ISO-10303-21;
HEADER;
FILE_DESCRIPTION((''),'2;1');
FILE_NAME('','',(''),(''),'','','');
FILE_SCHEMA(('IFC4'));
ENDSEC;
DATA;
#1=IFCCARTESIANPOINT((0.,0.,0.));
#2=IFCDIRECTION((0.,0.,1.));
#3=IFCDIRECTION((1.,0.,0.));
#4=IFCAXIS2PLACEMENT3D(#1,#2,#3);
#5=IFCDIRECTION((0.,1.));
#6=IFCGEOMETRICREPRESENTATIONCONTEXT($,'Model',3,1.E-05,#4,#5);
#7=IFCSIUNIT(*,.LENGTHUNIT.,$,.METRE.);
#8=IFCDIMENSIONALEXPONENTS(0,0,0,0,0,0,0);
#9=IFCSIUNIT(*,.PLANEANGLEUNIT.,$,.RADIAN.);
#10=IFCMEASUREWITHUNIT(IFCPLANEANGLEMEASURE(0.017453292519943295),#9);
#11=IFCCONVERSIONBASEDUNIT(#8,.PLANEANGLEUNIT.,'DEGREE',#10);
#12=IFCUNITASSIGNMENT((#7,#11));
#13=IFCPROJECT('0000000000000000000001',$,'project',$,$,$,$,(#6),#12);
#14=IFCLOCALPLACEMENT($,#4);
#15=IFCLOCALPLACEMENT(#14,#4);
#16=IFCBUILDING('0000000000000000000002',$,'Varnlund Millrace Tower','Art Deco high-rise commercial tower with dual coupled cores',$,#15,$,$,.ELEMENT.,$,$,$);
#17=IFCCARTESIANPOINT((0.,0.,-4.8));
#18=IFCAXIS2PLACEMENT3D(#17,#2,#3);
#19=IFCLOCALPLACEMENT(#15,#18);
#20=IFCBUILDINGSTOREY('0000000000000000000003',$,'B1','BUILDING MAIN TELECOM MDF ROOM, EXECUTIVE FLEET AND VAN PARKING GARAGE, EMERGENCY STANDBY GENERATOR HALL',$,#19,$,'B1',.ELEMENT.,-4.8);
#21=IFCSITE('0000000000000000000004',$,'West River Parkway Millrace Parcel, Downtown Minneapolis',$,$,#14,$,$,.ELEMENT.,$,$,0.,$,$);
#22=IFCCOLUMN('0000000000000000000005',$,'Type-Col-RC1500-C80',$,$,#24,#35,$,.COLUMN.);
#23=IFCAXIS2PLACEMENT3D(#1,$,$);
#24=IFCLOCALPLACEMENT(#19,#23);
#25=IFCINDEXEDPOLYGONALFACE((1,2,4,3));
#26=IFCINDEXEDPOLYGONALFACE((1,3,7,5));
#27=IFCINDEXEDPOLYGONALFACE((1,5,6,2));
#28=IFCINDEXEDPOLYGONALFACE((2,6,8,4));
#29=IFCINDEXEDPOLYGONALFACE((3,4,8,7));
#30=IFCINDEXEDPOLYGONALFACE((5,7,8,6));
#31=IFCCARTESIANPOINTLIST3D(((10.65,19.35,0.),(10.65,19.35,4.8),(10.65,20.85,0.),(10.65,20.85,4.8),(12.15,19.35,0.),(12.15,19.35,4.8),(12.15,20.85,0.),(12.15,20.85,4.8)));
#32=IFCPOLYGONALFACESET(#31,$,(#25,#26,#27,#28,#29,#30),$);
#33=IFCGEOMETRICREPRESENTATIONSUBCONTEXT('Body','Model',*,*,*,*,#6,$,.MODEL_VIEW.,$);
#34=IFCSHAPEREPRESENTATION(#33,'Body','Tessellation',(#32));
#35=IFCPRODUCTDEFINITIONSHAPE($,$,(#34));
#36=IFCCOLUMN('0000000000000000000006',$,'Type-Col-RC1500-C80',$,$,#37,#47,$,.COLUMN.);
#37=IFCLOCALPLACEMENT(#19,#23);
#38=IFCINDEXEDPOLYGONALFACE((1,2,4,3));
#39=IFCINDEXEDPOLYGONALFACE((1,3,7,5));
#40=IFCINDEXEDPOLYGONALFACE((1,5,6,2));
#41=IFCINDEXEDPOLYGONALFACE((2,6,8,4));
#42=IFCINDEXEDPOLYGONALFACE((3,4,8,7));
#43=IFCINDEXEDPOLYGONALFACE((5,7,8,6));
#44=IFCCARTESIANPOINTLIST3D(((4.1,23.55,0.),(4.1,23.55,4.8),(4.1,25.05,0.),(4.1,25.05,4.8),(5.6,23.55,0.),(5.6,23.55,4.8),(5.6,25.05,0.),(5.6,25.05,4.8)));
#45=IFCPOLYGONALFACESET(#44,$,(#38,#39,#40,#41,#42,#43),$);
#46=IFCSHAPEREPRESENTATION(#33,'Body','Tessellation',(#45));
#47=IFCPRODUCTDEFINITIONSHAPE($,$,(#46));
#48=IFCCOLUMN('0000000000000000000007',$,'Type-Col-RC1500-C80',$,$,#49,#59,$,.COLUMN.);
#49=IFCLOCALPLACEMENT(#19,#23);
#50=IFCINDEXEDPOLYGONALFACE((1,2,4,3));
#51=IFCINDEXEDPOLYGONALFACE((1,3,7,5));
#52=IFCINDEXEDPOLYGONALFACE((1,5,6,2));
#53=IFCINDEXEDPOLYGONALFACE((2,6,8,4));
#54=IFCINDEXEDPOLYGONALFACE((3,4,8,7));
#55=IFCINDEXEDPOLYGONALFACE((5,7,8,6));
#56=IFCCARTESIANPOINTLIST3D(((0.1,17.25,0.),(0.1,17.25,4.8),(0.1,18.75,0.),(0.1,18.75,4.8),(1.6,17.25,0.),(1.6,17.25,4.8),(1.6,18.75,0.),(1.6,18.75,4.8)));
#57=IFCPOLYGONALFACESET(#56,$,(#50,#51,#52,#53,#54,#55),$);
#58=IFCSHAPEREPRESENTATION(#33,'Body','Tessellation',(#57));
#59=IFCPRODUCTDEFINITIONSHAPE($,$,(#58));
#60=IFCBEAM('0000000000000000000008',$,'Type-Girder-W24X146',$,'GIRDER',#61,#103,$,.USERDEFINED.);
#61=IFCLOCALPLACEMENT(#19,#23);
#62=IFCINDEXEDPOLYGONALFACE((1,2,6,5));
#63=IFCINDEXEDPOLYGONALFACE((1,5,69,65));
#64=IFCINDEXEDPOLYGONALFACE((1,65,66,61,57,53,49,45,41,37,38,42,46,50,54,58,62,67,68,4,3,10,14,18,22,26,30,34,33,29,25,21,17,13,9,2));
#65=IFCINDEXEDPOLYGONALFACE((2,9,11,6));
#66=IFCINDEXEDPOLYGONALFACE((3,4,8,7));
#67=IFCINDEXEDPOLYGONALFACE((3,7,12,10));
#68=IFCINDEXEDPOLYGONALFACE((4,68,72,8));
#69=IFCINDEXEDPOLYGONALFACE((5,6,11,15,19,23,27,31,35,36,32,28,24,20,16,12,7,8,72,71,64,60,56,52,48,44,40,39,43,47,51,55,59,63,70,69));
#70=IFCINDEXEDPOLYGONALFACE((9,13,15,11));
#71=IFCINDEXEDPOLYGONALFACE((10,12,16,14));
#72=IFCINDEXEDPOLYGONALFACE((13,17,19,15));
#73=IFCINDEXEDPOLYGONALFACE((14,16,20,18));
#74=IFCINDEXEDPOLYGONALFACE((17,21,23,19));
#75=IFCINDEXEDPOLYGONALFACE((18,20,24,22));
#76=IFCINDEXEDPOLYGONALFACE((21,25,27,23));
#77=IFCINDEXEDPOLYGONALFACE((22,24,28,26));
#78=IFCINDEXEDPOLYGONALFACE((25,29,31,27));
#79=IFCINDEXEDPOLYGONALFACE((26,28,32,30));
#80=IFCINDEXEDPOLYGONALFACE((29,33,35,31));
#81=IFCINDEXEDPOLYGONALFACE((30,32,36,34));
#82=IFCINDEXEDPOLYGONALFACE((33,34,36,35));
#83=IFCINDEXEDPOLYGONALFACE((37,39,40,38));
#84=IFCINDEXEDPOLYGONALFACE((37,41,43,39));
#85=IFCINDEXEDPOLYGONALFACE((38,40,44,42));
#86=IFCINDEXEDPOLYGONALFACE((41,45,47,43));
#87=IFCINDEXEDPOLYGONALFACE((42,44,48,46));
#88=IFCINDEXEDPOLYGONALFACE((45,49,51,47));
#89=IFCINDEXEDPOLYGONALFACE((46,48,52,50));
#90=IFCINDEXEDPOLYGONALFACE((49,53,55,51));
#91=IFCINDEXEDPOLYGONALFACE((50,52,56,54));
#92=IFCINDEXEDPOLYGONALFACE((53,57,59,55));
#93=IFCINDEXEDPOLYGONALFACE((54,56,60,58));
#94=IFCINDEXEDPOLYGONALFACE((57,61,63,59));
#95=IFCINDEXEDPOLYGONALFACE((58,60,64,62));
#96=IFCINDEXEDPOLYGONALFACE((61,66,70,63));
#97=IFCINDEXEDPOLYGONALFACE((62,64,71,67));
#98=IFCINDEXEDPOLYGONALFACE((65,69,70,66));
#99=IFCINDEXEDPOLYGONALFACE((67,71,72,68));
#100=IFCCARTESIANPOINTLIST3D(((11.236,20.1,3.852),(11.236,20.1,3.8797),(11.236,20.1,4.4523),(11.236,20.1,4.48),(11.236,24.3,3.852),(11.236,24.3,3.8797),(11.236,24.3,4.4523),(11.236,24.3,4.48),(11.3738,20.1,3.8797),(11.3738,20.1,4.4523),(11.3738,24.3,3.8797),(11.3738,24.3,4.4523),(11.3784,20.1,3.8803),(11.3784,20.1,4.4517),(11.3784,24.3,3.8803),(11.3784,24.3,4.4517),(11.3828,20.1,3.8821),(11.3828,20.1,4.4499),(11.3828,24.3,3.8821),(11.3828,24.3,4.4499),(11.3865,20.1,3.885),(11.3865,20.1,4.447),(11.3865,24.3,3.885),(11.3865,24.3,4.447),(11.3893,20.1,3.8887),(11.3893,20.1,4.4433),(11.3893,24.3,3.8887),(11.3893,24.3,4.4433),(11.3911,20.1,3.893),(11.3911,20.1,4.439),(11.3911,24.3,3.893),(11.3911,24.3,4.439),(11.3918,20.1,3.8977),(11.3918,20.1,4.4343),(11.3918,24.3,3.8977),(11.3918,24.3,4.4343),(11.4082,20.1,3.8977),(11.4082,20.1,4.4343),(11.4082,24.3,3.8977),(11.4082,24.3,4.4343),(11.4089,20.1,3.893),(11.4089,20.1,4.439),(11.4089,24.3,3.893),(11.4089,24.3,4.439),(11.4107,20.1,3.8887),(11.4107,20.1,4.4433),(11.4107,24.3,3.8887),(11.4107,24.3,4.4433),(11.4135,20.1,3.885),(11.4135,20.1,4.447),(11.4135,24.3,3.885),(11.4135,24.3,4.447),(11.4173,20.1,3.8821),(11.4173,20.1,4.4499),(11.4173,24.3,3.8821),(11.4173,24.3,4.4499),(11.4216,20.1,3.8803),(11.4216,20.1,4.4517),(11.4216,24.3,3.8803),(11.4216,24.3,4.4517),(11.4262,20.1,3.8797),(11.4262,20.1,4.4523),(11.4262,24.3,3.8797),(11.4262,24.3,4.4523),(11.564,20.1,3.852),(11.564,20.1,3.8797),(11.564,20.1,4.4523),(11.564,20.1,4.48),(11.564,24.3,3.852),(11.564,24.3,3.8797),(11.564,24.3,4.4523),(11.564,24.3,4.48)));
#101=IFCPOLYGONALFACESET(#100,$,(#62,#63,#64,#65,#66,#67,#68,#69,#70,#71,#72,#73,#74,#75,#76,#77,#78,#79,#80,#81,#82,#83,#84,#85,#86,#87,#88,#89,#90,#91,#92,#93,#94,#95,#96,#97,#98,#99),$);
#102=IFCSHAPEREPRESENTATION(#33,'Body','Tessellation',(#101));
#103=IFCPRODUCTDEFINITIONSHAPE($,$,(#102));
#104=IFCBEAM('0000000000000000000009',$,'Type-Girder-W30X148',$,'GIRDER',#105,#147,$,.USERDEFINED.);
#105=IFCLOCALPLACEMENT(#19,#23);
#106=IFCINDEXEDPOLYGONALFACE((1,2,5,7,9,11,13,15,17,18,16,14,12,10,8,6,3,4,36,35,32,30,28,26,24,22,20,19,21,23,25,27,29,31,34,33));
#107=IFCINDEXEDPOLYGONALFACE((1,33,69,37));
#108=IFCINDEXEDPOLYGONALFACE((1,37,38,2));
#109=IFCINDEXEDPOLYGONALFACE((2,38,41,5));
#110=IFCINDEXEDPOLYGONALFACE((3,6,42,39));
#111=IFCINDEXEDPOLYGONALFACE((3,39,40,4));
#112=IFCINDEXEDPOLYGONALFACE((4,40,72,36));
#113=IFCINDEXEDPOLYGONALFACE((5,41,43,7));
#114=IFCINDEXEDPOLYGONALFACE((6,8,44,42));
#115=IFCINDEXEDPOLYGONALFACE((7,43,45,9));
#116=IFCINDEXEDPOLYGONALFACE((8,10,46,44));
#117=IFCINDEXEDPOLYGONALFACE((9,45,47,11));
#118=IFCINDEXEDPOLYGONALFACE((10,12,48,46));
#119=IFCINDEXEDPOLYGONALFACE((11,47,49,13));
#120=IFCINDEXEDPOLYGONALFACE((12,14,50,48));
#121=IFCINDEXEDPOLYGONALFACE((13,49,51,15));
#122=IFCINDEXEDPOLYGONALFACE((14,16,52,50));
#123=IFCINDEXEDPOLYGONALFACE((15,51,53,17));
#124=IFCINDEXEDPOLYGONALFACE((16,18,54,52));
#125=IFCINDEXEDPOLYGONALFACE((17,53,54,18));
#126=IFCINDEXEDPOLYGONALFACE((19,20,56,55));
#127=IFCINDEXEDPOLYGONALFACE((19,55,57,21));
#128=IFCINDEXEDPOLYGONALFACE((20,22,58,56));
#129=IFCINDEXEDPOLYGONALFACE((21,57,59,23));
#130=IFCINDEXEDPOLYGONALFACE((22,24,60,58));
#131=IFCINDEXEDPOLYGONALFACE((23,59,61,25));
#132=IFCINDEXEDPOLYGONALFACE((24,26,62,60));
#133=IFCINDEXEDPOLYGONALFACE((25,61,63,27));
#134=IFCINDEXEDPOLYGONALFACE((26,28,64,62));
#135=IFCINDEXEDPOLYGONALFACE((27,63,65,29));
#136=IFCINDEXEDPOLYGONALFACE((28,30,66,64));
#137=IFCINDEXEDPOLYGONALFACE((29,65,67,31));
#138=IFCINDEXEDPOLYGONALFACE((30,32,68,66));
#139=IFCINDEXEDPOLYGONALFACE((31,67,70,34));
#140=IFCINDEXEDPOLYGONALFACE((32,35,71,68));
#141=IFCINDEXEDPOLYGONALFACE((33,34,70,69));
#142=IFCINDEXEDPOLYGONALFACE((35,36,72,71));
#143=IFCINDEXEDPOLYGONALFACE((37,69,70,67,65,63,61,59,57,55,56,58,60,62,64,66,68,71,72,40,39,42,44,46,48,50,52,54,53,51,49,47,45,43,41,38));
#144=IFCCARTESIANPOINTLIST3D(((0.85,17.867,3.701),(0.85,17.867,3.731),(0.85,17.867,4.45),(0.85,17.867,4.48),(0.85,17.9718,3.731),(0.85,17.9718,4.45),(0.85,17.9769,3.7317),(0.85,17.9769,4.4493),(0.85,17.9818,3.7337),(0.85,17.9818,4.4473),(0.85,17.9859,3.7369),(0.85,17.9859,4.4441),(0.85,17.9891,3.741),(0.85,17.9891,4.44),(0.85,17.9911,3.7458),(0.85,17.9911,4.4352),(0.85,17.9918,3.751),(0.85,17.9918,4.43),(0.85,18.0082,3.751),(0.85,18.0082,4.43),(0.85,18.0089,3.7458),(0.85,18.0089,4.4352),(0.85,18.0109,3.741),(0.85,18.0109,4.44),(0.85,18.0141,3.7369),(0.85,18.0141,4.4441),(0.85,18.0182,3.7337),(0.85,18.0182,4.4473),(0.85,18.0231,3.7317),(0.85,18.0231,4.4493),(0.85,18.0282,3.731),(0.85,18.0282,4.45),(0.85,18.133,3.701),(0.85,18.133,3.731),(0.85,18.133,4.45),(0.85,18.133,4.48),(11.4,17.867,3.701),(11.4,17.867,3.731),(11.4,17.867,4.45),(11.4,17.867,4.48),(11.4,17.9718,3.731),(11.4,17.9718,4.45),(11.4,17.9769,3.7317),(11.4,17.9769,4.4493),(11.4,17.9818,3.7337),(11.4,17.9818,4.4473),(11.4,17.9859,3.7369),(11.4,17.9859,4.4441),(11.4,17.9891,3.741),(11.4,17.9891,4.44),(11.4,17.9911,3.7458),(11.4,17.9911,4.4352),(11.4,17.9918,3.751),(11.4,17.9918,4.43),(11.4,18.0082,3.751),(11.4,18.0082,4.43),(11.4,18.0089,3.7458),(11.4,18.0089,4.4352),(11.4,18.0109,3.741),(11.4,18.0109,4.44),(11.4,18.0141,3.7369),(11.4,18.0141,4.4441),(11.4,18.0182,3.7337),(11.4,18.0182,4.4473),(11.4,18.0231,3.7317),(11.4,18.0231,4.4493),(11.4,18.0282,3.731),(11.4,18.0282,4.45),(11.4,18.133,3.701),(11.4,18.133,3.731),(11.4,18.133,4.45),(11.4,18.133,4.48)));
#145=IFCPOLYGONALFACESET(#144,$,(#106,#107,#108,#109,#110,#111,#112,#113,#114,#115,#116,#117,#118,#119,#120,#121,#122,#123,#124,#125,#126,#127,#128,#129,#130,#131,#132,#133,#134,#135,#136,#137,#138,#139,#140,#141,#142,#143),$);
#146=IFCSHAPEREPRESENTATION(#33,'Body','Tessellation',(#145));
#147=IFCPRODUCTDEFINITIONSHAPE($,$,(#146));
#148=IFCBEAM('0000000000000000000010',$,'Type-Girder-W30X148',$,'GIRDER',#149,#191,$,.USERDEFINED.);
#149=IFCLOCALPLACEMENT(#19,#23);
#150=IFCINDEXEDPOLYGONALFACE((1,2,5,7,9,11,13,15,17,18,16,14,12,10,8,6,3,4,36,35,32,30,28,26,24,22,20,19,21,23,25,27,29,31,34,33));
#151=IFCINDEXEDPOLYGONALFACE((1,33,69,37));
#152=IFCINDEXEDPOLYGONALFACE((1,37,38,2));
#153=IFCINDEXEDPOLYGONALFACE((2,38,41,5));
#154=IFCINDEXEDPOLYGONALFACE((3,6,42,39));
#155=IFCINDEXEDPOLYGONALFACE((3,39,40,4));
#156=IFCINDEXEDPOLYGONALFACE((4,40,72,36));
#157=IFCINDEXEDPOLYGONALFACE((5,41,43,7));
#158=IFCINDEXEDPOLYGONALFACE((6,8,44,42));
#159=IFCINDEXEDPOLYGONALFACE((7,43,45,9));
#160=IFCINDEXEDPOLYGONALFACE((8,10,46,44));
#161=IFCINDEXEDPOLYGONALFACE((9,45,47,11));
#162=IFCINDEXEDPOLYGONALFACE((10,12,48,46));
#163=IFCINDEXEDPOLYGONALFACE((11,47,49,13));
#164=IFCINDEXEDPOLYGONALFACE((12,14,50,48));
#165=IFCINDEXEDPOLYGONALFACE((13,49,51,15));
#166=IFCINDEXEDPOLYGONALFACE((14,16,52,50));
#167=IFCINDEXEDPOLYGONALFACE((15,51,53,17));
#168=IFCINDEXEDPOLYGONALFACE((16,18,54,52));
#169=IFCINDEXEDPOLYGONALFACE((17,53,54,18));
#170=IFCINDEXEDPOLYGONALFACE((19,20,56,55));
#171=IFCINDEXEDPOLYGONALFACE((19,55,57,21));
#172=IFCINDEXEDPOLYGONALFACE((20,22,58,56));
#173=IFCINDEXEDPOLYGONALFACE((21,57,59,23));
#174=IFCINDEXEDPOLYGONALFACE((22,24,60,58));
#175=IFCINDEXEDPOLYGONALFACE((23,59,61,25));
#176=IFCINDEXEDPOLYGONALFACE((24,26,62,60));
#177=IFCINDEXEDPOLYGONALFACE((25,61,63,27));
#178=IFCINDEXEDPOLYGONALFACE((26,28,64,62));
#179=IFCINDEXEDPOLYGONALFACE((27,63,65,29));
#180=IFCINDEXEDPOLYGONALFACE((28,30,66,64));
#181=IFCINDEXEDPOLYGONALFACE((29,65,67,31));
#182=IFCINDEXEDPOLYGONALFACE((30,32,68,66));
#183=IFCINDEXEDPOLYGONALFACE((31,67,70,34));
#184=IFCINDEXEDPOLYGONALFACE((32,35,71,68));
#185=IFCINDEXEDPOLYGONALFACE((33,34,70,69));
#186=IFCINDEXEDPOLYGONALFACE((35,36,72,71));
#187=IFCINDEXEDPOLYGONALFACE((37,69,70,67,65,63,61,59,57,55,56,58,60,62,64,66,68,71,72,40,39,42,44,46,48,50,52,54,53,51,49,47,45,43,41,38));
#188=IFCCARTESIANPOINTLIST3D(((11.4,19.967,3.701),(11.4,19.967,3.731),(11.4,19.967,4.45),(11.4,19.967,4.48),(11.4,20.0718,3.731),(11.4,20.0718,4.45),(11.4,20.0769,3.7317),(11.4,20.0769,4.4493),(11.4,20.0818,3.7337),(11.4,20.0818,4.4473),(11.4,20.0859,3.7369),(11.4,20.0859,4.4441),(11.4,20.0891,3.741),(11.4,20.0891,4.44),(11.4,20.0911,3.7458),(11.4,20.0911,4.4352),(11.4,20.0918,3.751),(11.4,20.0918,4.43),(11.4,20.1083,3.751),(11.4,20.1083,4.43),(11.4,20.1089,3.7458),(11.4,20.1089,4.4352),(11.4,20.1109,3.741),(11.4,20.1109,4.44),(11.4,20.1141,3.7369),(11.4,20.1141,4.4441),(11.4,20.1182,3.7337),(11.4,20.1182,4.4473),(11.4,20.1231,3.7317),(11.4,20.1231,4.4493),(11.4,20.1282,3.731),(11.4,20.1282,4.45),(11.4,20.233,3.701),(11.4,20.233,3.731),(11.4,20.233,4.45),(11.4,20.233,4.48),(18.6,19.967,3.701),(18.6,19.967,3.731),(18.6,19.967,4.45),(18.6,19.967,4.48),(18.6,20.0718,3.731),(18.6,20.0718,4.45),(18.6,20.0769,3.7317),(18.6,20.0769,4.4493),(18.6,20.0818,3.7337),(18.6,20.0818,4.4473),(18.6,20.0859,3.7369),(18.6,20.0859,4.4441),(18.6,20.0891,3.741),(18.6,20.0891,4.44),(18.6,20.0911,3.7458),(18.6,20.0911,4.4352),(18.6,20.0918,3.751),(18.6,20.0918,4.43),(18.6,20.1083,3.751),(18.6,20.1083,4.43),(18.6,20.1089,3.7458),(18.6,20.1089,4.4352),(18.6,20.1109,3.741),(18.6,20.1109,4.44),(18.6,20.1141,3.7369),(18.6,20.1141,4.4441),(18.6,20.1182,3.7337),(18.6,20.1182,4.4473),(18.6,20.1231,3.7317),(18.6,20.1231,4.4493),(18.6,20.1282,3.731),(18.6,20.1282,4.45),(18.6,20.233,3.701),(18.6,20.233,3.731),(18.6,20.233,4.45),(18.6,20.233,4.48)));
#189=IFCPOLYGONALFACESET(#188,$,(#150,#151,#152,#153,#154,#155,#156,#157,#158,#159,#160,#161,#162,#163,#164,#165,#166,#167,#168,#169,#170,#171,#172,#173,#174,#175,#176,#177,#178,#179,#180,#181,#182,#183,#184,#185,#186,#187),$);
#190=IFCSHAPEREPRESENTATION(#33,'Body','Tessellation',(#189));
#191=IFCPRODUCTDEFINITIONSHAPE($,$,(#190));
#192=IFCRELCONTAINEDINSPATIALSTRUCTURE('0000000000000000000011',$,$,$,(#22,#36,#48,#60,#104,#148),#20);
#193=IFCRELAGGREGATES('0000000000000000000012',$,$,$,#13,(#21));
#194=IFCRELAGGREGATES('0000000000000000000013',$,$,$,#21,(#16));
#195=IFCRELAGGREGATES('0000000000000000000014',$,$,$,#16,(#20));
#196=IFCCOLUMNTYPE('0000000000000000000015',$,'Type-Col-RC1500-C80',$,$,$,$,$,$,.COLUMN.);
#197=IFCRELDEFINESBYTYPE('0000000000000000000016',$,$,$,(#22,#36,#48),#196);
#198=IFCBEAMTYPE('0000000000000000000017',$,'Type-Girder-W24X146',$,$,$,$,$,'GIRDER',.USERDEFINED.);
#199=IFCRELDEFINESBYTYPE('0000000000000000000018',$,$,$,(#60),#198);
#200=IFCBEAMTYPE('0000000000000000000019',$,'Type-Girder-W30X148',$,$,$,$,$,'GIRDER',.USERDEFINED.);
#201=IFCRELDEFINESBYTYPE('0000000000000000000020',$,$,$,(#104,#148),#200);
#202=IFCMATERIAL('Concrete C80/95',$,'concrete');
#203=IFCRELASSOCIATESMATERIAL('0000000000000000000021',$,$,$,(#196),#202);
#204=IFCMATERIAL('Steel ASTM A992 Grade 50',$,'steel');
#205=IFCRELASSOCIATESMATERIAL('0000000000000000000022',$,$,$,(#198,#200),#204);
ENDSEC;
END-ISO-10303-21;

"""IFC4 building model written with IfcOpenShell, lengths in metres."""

from ifc_helpers import new_model, entity, si_unit, converted_unit, direction, frame, origin_with_axes, origin_2d_with_axis, place, context, subcontext, project, spatial, rectangle, i_section, extrude, material, material_profile, profile_set, type_object, element, save


model = new_model("IFC4")

# Units and contexts
model_context = context("Model", 3, precision=1e-05, world=origin_with_axes(), true_north=direction((0.0, 1.0)))
body_context = subcontext(model_context, "Body", "Model", "MODEL_VIEW")
ifc_project = project(units=[si_unit("LENGTHUNIT", "METRE"), converted_unit("PLANEANGLEUNIT", "DEGREE", entity("IfcPlaneAngleMeasure", 0.017453292519943295), si_unit("PLANEANGLEUNIT", "RADIAN"), dimensions=[0, 0, 0, 0, 0, 0, 0])], contexts=[model_context])

# Site, building, storey
site_placement = place(None, origin_with_axes())
site = spatial("IfcSite", under=ifc_project, at=site_placement, Name="West River Parkway Millrace Parcel, Downtown Minneapolis", CompositionType="ELEMENT", RefElevation=0.0)
building_placement = place(site_placement, origin_with_axes())
building = spatial("IfcBuilding", under=site, at=building_placement, Name="Varnlund Millrace Tower", Description="Art Deco high-rise commercial tower with dual coupled cores", CompositionType="ELEMENT")
storey_placement = place(building_placement, frame((0.0, 0.0, -4.8), z_axis=(0.0, 0.0, 1.0), x_axis=(1.0, 0.0, 0.0)))
storey = spatial("IfcBuildingStorey", under=building, at=storey_placement, Name="B1", Description="BUILDING MAIN TELECOM MDF ROOM, EXECUTIVE FLEET AND VAN PARKING GARAGE, EMERGENCY STANDBY GENERATOR HALL", LongName="B1", CompositionType="ELEMENT", Elevation=-4.8)

# Columns
ifc_material_1 = material(Name="Concrete C80/95", Category="concrete")
ifc_material_profile_1 = material_profile(ifc_material_1, rectangle(XDim=1.5, YDim=1.5, at=origin_2d_with_axis()), Name="Concrete C80/95")
ifc_profile_set_1 = profile_set([ifc_material_profile_1], Name="Concrete C80/95")
column_type = type_object("IfcColumnType", Name="Type-Col-RC1500-C80", PredefinedType="COLUMN", material=ifc_profile_set_1)
for number, where, z_axis, x_axis, name in (
    (1, (11.4, 20.1, 0.0), (0.0, 0.0, 1.0), (1.0, 0.0, 0.0), "Type-Col-RC1500-C80"),
    (2, (4.85, 24.3, 0.0), (0.0, 0.0, 1.0), (1.0, 0.0, 0.0), "Type-Col-RC1500-C80"),
    (3, (0.85, 18.0, 0.0), (0.0, 0.0, 1.0), (1.0, 0.0, 0.0), "Type-Col-RC1500-C80"),
):
    element("IfcColumn", number, at=place(storey_placement, frame(where, z_axis=z_axis, x_axis=x_axis)), inside=storey, type_object=column_type, Name=name, PredefinedType="COLUMN", context=body_context, shape_type="SweptSolid", body=[
        extrude(rectangle(XDim=1.5, YDim=1.5, at=origin_2d_with_axis()), origin_with_axes(), (0.0, 0.0, 1.0), 4.8),
    ])

# Beams
ifc_material_2 = material(Name="Steel ASTM A992 Grade 50", Category="steel")
ifc_material_profile_2 = material_profile(ifc_material_2, i_section(OverallWidth=0.328, OverallDepth=0.628, WebThickness=0.0165, FlangeThickness=0.0277, FilletRadius=0.018, at=origin_2d_with_axis()), Name="Steel ASTM A992 Grade 50")
ifc_profile_set_2 = profile_set([ifc_material_profile_2], Name="Steel ASTM A992 Grade 50")
beam_type_1 = type_object("IfcBeamType", Name="Type-Girder-W24X146", ElementType="GIRDER", PredefinedType="USERDEFINED", material=ifc_profile_set_2)
beam_1_placement = place(storey_placement, frame((11.4, 20.1, 4.166), z_axis=(0.0, 1.0, 0.0), x_axis=(-1.0, 0.0, 0.0)))
element("IfcBeam", 4, at=beam_1_placement, inside=storey, type_object=beam_type_1, Name="Type-Girder-W24X146", ObjectType="GIRDER", PredefinedType="USERDEFINED", context=body_context, shape_type="SweptSolid", body=[
    extrude(i_section(OverallWidth=0.328, OverallDepth=0.628, WebThickness=0.0165, FlangeThickness=0.0277, FilletRadius=0.018, at=origin_2d_with_axis()), origin_with_axes(), (0.0, 0.0, 1.0), 4.2),
])
ifc_material_profile_3 = material_profile(ifc_material_2, i_section(OverallWidth=0.266, OverallDepth=0.779, WebThickness=0.0165, FlangeThickness=0.03, FilletRadius=0.02, at=origin_2d_with_axis()), Name="Steel ASTM A992 Grade 50")
ifc_profile_set_3 = profile_set([ifc_material_profile_3], Name="Steel ASTM A992 Grade 50")
beam_type_2 = type_object("IfcBeamType", Name="Type-Girder-W30X148", ElementType="GIRDER", PredefinedType="USERDEFINED", material=ifc_profile_set_3)
beam_2_placement = place(storey_placement, frame((0.85, 18.0, 4.0905), z_axis=(1.0, 0.0, 0.0), x_axis=(0.0, 1.0, 0.0)))
element("IfcBeam", 5, at=beam_2_placement, inside=storey, type_object=beam_type_2, Name="Type-Girder-W30X148", ObjectType="GIRDER", PredefinedType="USERDEFINED", context=body_context, shape_type="SweptSolid", body=[
    extrude(i_section(OverallWidth=0.266, OverallDepth=0.779, WebThickness=0.0165, FlangeThickness=0.03, FilletRadius=0.02, at=origin_2d_with_axis()), origin_with_axes(), (0.0, 0.0, 1.0), 10.55),
])
beam_3_placement = place(storey_placement, frame((11.4, 20.1, 4.0905), z_axis=(1.0, 0.0, 0.0), x_axis=(0.0, 1.0, 0.0)))
element("IfcBeam", 6, at=beam_3_placement, inside=storey, type_object=beam_type_2, Name="Type-Girder-W30X148", ObjectType="GIRDER", PredefinedType="USERDEFINED", context=body_context, shape_type="SweptSolid", body=[
    extrude(i_section(OverallWidth=0.266, OverallDepth=0.779, WebThickness=0.0165, FlangeThickness=0.03, FilletRadius=0.02, at=origin_2d_with_axis()), origin_with_axes(), (0.0, 0.0, 1.0), 7.2),
])

save(model, "model.ifc")
